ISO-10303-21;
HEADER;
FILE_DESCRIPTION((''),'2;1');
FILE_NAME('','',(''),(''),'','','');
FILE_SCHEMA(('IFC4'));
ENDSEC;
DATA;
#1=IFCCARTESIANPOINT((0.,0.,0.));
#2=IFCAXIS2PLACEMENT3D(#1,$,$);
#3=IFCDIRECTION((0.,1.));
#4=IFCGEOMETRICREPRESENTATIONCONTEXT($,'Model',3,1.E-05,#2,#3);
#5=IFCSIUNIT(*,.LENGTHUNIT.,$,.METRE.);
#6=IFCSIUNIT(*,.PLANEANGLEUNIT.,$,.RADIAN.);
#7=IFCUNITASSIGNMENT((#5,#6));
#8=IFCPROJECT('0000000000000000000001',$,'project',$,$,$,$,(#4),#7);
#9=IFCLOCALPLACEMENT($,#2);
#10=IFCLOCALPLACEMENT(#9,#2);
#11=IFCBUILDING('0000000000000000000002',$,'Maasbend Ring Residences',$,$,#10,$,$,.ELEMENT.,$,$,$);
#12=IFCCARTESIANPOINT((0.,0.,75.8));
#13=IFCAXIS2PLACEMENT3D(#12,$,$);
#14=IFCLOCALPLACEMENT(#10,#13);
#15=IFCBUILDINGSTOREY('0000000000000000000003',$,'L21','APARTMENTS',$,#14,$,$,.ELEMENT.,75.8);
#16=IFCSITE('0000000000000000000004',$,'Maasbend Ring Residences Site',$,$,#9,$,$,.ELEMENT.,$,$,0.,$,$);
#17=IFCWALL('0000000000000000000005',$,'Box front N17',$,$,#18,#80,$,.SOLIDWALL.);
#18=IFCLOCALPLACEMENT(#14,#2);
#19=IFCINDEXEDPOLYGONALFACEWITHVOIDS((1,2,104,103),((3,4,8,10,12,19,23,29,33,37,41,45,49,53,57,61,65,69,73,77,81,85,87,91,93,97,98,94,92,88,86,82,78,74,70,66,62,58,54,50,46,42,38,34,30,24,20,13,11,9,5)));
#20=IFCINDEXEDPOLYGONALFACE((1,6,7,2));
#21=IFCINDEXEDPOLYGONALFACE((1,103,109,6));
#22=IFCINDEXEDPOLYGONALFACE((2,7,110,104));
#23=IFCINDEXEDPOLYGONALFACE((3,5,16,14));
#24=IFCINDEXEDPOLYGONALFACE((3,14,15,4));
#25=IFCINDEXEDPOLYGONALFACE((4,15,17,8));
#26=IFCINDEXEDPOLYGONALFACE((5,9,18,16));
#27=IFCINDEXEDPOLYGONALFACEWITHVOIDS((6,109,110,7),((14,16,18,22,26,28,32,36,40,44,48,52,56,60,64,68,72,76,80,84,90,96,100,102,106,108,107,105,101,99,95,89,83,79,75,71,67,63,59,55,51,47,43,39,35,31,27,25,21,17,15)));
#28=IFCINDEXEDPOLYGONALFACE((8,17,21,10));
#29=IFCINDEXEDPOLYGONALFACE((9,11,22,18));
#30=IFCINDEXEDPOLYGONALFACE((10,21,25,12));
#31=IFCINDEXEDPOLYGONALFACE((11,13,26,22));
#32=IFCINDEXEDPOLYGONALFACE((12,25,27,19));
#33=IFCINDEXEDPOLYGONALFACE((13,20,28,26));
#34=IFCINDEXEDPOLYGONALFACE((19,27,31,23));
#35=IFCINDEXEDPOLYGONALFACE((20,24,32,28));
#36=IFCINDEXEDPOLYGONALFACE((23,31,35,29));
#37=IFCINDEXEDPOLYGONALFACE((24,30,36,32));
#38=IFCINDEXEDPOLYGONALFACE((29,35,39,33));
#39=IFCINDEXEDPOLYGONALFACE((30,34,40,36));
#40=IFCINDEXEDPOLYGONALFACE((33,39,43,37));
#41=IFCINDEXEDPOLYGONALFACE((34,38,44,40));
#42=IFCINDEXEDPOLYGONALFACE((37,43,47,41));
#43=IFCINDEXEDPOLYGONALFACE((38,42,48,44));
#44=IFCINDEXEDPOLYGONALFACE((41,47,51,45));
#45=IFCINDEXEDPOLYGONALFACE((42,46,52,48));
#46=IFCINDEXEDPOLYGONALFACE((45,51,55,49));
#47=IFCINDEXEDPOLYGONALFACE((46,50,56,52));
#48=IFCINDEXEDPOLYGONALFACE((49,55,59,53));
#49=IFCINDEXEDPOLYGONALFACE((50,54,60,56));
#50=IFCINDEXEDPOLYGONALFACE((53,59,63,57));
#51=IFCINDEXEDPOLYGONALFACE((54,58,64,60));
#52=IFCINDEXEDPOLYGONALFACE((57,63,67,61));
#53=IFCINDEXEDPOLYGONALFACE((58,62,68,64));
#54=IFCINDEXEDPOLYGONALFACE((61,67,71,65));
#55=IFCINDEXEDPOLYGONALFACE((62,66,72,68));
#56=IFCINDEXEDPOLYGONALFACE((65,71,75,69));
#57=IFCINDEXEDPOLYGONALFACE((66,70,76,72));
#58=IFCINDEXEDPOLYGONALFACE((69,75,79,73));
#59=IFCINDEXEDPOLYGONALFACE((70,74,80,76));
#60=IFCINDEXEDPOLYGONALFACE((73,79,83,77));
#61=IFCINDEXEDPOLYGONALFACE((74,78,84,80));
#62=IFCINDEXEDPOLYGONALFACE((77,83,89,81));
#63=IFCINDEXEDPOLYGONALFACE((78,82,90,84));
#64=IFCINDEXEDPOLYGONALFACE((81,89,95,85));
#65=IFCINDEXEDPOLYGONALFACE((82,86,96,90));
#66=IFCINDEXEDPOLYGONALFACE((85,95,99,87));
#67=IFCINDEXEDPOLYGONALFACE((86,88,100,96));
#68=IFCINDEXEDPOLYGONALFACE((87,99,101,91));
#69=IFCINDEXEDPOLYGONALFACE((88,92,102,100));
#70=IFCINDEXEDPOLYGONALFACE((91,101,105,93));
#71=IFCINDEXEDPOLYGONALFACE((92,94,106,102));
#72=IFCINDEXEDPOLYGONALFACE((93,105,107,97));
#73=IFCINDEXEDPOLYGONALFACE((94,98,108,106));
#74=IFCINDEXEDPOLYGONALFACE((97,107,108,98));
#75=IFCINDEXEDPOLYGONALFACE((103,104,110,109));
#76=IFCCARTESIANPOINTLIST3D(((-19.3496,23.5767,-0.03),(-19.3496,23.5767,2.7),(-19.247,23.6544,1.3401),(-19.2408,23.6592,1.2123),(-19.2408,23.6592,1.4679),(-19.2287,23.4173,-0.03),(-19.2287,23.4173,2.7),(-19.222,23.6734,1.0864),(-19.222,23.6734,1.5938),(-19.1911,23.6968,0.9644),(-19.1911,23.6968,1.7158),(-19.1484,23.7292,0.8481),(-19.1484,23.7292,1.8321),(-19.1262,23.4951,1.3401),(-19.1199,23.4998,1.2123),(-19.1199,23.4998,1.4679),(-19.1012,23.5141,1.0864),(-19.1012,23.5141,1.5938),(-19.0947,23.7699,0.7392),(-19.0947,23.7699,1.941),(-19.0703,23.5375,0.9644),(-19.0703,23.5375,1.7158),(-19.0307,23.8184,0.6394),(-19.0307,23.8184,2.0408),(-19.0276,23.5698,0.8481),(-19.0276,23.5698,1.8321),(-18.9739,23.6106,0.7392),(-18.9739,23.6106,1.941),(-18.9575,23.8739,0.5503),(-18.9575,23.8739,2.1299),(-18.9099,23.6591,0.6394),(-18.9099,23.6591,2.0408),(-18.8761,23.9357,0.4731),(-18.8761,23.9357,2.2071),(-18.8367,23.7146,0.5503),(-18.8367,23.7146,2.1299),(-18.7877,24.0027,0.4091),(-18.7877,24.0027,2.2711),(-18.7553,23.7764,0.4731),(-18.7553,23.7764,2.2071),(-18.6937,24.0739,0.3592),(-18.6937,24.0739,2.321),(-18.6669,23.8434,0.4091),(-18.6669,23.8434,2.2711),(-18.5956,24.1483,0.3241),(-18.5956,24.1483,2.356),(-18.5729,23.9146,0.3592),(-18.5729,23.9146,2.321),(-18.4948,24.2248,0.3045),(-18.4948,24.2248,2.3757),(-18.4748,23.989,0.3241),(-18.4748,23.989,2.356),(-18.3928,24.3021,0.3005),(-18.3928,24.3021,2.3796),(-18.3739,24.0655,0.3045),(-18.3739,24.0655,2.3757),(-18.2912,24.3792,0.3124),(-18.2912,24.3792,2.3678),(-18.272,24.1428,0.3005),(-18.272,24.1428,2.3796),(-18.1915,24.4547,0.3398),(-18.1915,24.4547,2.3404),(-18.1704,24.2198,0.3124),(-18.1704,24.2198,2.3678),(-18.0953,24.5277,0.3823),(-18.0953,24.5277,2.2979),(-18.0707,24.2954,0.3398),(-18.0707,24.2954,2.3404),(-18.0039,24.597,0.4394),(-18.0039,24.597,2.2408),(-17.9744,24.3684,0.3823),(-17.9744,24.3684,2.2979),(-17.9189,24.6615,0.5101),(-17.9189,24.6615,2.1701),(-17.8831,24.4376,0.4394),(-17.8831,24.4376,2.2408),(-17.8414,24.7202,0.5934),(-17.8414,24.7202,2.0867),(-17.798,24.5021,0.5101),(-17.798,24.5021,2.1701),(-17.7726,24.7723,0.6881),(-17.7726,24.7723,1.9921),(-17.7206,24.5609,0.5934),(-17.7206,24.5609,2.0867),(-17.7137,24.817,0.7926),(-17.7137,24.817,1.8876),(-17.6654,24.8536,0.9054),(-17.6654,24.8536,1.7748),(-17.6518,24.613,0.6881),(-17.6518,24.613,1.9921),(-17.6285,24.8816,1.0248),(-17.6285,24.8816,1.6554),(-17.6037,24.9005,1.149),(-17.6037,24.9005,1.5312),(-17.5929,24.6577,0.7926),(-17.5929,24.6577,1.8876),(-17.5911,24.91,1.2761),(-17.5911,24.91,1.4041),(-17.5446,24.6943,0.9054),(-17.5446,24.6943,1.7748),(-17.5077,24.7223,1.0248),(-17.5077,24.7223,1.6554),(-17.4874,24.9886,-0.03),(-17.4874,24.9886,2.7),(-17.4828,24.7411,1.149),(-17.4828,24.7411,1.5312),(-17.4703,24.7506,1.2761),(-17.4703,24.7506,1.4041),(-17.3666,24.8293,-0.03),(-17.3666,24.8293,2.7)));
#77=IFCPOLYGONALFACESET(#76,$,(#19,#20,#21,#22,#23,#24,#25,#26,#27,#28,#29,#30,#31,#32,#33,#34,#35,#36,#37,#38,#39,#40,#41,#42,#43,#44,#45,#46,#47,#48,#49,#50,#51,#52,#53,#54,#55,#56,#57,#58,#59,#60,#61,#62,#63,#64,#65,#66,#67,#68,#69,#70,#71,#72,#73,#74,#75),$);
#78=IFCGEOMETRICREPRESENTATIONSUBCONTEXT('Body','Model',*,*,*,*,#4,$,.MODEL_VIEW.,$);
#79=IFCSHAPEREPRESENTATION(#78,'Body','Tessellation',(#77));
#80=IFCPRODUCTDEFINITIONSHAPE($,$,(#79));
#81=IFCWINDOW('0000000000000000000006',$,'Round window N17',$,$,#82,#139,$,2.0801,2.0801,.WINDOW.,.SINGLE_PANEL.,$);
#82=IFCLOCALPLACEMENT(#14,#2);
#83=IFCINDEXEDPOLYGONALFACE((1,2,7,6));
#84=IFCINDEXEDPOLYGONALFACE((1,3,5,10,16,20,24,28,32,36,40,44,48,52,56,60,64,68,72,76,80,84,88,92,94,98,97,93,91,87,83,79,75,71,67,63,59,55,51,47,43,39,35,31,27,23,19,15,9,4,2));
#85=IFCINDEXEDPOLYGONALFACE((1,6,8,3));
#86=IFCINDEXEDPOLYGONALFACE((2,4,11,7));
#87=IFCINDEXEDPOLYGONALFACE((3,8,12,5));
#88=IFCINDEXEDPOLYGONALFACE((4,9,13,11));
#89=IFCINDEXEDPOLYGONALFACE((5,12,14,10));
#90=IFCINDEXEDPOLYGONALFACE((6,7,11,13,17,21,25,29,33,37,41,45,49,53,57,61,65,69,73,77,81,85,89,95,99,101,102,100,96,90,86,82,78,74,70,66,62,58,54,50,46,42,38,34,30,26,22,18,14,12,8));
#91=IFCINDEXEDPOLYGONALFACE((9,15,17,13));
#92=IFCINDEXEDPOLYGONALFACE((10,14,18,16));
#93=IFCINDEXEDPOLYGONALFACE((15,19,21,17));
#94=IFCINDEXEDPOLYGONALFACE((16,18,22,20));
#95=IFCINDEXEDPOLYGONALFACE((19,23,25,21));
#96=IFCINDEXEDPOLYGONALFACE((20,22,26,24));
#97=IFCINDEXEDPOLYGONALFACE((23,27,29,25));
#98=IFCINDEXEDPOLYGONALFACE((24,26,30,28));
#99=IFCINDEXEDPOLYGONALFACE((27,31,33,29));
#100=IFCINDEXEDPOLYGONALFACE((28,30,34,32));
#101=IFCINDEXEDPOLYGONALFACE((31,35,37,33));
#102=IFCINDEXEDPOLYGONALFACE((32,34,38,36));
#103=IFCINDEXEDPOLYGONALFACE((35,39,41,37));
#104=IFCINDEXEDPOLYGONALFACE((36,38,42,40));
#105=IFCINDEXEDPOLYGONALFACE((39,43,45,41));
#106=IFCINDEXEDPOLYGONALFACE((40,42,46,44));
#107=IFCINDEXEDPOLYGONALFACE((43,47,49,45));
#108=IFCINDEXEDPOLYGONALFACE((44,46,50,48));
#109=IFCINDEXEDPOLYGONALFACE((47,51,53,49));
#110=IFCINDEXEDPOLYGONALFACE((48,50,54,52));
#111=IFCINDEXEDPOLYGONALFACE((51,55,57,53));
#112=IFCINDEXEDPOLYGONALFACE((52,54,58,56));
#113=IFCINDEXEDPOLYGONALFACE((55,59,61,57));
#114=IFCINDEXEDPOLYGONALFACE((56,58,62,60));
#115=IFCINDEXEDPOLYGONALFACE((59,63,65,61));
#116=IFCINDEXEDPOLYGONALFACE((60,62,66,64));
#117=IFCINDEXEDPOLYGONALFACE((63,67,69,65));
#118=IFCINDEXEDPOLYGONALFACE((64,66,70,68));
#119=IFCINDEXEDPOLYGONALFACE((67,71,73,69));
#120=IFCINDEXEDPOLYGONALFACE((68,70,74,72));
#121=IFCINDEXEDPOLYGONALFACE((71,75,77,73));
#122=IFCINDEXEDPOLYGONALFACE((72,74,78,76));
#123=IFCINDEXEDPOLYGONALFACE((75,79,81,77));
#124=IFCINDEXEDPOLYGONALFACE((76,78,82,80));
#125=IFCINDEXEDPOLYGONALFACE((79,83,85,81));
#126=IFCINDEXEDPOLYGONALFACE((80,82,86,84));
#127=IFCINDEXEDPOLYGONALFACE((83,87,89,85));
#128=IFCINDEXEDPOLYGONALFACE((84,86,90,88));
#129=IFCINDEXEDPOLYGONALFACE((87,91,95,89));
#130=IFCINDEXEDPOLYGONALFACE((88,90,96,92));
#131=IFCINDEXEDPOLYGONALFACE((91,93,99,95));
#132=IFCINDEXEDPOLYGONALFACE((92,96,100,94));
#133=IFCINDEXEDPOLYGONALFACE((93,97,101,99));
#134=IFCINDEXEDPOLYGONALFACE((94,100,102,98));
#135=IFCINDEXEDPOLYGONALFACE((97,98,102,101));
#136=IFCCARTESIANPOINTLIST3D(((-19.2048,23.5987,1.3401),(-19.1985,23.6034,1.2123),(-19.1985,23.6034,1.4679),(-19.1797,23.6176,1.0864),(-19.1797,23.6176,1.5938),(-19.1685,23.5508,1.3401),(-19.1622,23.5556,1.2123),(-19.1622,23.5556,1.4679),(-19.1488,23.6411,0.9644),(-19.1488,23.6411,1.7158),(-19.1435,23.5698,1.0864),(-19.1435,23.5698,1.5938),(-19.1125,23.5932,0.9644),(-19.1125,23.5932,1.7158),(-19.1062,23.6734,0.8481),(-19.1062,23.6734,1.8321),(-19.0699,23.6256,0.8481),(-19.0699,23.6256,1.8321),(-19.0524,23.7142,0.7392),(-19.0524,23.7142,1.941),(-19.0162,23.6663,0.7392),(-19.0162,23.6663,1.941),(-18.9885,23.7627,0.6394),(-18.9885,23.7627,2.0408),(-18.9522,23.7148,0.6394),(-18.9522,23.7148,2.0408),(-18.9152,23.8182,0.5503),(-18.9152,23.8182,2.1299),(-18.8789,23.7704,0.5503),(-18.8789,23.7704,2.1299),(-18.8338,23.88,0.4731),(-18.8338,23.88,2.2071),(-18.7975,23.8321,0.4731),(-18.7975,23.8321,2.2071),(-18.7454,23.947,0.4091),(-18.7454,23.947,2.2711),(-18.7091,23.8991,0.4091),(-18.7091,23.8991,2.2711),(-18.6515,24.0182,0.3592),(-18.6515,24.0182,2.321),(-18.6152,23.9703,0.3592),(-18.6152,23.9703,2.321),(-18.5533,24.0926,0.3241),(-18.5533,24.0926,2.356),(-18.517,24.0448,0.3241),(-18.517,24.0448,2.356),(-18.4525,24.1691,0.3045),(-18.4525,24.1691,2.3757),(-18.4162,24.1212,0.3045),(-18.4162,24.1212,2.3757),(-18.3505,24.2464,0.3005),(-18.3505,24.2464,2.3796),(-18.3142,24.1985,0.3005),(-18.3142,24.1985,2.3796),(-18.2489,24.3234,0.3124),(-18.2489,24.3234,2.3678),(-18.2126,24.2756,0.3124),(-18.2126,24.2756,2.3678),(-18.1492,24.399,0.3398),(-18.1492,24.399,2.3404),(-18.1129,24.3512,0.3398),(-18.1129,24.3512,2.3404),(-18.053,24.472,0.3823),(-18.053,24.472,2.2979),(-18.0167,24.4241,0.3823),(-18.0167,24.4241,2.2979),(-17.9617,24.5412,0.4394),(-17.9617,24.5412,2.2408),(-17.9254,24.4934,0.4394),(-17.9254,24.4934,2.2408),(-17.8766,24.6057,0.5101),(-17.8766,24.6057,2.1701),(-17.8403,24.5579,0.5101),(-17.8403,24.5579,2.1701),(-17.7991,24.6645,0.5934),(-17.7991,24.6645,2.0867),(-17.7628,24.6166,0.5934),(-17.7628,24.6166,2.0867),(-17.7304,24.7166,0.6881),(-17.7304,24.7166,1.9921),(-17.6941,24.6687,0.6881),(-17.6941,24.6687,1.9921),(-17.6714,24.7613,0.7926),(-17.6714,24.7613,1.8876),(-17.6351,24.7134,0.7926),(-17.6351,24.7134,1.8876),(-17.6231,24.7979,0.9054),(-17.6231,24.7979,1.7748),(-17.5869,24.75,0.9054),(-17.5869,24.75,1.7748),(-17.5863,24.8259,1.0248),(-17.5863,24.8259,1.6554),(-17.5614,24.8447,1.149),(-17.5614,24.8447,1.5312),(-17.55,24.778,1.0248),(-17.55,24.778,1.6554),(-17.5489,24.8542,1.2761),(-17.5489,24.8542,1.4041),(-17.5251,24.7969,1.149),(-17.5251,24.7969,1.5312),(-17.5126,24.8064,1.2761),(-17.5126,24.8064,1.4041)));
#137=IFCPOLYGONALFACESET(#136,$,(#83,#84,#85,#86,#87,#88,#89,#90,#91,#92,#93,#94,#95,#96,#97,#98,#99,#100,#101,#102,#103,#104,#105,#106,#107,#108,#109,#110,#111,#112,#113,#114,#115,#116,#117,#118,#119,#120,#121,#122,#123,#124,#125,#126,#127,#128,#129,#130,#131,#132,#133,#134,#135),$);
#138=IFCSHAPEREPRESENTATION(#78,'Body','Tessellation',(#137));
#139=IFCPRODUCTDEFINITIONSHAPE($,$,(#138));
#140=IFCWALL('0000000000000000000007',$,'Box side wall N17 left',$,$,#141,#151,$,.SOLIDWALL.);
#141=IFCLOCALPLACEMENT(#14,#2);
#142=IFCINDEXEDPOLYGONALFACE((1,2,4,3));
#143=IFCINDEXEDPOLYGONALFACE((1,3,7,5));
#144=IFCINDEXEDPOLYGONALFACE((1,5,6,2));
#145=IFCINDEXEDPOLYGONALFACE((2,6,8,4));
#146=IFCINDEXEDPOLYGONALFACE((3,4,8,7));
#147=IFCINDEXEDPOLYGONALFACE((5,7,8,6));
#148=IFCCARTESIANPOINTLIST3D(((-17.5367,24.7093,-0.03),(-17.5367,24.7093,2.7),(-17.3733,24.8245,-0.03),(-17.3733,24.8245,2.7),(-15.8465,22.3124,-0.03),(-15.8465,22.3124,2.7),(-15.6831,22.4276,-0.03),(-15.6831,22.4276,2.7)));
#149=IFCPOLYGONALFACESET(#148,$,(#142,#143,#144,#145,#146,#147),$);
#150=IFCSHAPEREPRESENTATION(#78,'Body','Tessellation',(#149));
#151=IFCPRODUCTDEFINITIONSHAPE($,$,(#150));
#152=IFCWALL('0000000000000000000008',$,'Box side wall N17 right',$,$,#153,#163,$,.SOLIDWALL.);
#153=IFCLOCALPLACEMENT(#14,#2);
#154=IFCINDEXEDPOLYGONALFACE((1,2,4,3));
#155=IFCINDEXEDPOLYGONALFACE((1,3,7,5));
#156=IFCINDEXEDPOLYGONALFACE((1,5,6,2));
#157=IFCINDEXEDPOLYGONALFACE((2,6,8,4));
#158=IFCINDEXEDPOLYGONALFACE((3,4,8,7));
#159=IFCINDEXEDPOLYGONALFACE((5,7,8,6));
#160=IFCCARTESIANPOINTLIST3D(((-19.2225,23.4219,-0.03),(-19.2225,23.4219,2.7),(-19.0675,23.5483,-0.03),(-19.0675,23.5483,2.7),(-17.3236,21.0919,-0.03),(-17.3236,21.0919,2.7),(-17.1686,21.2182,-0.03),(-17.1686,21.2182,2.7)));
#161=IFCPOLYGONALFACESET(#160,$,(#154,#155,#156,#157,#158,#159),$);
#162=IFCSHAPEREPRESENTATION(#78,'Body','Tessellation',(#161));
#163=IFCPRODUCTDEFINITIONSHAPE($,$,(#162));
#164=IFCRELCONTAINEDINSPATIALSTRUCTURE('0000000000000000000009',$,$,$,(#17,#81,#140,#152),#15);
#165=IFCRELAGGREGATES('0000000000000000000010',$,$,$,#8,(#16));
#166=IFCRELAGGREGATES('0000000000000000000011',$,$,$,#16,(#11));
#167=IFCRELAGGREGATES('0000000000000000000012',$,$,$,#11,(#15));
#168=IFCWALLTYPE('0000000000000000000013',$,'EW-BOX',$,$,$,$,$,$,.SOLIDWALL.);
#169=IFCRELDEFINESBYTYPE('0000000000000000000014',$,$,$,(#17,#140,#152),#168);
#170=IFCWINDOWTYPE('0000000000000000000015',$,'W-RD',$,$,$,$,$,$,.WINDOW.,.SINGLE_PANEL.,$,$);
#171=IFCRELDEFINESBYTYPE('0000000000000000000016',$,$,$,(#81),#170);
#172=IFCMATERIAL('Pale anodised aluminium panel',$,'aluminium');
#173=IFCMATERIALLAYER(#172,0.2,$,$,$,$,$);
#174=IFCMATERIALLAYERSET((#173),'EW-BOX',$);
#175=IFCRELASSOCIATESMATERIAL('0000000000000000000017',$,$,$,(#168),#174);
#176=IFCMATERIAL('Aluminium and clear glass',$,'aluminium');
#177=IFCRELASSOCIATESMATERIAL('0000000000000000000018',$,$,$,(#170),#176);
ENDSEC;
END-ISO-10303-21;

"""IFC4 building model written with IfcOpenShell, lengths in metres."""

from ifc_helpers import new_model, si_unit, direction, frame, frame_2d, origin, place, context, subcontext, project, spatial, rectangle, circle, extrude, material, layer, layer_set, type_object, element, fill, save


model = new_model("IFC4")

# Units and contexts
model_context = context("Model", 3, precision=1e-05, world=origin(), true_north=direction((0.0, 1.0)))
body_context = subcontext(model_context, "Body", "Model", "MODEL_VIEW")
ifc_project = project(units=[si_unit("LENGTHUNIT", "METRE"), si_unit("PLANEANGLEUNIT", "RADIAN")], contexts=[model_context])

# Site, building, storey
site_placement = place(None, origin())
site = spatial("IfcSite", under=ifc_project, at=site_placement, Name="Maasbend Ring Residences Site", CompositionType="ELEMENT", RefElevation=0.0)
building_placement = place(site_placement, origin())
building = spatial("IfcBuilding", under=site, at=building_placement, Name="Maasbend Ring Residences", CompositionType="ELEMENT")
storey_placement = place(building_placement, frame((0.0, 0.0, 75.8)))
storey = spatial("IfcBuildingStorey", under=building, at=storey_placement, Name="L21", Description="APARTMENTS", CompositionType="ELEMENT", Elevation=75.8)

# Shared definitions
ifc_material_1 = material(Name="Pale anodised aluminium panel", Category="aluminium")
ifc_layer_1 = layer(ifc_material_1, 0.2)
ifc_layer_set_1 = layer_set([ifc_layer_1], Name="EW-BOX")
wall_type_1 = type_object("IfcWallType", Name="EW-BOX", PredefinedType="SOLIDWALL", material=ifc_layer_set_1)
ifc_material_2 = material(Name="Aluminium and clear glass", Category="aluminium")
window_type_1 = type_object("IfcWindowType", Name="W-RD", PartitioningType="SINGLE_PANEL", PredefinedType="WINDOW", material=ifc_material_2)

# Wall, opening, window
wall_1_placement = place(storey_placement, frame((-17.427, 24.9089, -0.03), z_axis=(0.0, 0.0, 1.0), x_axis=(-0.796842, -0.604188, 0.0)))
wall_1 = element("IfcWall", 1, at=wall_1_placement, inside=storey, type_object=wall_type_1, Name="Box front N17", PredefinedType="SOLIDWALL", context=body_context, shape_type="SweptSolid", body=[
    extrude(rectangle(XDim=2.3369, YDim=0.2, at=frame_2d((1.1685, 0.0))), origin(), (0.0, 0.0, 1.0), 2.73),
])
opening_1_placement = place(wall_1_placement, frame((0.1282, 0.0, 0.3301)))
opening_1 = element("IfcOpeningElement", 2, at=opening_1_placement, cuts=wall_1, PredefinedType="OPENING", context=body_context, shape_type="SweptSolid", body=[
    extrude(circle(Radius=1.04, at=frame_2d((1.04, 1.04))), frame((0.0, 0.1099, 0.0), z_axis=(0.0, -1.0, 0.0), x_axis=(1.0, 0.0, 0.0)), (0.0, 0.0, 1.0), 0.22),
])
window_1_placement = place(opening_1_placement, origin())
window_1 = element("IfcWindow", 3, at=window_1_placement, inside=storey, type_object=window_type_1, Name="Round window N17", OverallHeight=2.0801, OverallWidth=2.0801, PartitioningType="SINGLE_PANEL", PredefinedType="WINDOW", context=body_context, shape_type="SweptSolid", body=[
    extrude(circle(Radius=1.04, at=frame_2d((1.04, 1.04))), frame((0.0, 0.03, 0.0), z_axis=(0.0, -1.0, 0.0), x_axis=(1.0, 0.0, 0.0)), (0.0, 0.0, 1.0), 0.0601),
])
fill(opening_1, window_1)

# Walls
wall_2_placement = place(storey_placement, frame((-15.7649, 22.3701, -0.03), z_axis=(0.0, 0.0, 1.0), x_axis=(-0.576275, 0.817256, 0.0)))
element("IfcWall", 4, at=wall_2_placement, inside=storey, type_object=wall_type_1, Name="Box side wall N17 left", PredefinedType="SOLIDWALL", context=body_context, shape_type="SweptSolid", body=[
    extrude(rectangle(XDim=2.9329, YDim=0.2, at=frame_2d((1.4663, 0.0))), origin(), (0.0, 0.0, 1.0), 2.73),
])
wall_3_placement = place(storey_placement, frame((-17.2461, 21.155, -0.03), z_axis=(0.0, 0.0, 1.0), x_axis=(-0.631742, 0.775179, 0.0)))
element("IfcWall", 5, at=wall_3_placement, inside=storey, type_object=wall_type_1, Name="Box side wall N17 right", PredefinedType="SOLIDWALL", context=body_context, shape_type="SweptSolid", body=[
    extrude(rectangle(XDim=3.0059, YDim=0.2, at=frame_2d((1.5029, 0.0))), origin(), (0.0, 0.0, 1.0), 2.73),
])

save(model, "model.ifc")
